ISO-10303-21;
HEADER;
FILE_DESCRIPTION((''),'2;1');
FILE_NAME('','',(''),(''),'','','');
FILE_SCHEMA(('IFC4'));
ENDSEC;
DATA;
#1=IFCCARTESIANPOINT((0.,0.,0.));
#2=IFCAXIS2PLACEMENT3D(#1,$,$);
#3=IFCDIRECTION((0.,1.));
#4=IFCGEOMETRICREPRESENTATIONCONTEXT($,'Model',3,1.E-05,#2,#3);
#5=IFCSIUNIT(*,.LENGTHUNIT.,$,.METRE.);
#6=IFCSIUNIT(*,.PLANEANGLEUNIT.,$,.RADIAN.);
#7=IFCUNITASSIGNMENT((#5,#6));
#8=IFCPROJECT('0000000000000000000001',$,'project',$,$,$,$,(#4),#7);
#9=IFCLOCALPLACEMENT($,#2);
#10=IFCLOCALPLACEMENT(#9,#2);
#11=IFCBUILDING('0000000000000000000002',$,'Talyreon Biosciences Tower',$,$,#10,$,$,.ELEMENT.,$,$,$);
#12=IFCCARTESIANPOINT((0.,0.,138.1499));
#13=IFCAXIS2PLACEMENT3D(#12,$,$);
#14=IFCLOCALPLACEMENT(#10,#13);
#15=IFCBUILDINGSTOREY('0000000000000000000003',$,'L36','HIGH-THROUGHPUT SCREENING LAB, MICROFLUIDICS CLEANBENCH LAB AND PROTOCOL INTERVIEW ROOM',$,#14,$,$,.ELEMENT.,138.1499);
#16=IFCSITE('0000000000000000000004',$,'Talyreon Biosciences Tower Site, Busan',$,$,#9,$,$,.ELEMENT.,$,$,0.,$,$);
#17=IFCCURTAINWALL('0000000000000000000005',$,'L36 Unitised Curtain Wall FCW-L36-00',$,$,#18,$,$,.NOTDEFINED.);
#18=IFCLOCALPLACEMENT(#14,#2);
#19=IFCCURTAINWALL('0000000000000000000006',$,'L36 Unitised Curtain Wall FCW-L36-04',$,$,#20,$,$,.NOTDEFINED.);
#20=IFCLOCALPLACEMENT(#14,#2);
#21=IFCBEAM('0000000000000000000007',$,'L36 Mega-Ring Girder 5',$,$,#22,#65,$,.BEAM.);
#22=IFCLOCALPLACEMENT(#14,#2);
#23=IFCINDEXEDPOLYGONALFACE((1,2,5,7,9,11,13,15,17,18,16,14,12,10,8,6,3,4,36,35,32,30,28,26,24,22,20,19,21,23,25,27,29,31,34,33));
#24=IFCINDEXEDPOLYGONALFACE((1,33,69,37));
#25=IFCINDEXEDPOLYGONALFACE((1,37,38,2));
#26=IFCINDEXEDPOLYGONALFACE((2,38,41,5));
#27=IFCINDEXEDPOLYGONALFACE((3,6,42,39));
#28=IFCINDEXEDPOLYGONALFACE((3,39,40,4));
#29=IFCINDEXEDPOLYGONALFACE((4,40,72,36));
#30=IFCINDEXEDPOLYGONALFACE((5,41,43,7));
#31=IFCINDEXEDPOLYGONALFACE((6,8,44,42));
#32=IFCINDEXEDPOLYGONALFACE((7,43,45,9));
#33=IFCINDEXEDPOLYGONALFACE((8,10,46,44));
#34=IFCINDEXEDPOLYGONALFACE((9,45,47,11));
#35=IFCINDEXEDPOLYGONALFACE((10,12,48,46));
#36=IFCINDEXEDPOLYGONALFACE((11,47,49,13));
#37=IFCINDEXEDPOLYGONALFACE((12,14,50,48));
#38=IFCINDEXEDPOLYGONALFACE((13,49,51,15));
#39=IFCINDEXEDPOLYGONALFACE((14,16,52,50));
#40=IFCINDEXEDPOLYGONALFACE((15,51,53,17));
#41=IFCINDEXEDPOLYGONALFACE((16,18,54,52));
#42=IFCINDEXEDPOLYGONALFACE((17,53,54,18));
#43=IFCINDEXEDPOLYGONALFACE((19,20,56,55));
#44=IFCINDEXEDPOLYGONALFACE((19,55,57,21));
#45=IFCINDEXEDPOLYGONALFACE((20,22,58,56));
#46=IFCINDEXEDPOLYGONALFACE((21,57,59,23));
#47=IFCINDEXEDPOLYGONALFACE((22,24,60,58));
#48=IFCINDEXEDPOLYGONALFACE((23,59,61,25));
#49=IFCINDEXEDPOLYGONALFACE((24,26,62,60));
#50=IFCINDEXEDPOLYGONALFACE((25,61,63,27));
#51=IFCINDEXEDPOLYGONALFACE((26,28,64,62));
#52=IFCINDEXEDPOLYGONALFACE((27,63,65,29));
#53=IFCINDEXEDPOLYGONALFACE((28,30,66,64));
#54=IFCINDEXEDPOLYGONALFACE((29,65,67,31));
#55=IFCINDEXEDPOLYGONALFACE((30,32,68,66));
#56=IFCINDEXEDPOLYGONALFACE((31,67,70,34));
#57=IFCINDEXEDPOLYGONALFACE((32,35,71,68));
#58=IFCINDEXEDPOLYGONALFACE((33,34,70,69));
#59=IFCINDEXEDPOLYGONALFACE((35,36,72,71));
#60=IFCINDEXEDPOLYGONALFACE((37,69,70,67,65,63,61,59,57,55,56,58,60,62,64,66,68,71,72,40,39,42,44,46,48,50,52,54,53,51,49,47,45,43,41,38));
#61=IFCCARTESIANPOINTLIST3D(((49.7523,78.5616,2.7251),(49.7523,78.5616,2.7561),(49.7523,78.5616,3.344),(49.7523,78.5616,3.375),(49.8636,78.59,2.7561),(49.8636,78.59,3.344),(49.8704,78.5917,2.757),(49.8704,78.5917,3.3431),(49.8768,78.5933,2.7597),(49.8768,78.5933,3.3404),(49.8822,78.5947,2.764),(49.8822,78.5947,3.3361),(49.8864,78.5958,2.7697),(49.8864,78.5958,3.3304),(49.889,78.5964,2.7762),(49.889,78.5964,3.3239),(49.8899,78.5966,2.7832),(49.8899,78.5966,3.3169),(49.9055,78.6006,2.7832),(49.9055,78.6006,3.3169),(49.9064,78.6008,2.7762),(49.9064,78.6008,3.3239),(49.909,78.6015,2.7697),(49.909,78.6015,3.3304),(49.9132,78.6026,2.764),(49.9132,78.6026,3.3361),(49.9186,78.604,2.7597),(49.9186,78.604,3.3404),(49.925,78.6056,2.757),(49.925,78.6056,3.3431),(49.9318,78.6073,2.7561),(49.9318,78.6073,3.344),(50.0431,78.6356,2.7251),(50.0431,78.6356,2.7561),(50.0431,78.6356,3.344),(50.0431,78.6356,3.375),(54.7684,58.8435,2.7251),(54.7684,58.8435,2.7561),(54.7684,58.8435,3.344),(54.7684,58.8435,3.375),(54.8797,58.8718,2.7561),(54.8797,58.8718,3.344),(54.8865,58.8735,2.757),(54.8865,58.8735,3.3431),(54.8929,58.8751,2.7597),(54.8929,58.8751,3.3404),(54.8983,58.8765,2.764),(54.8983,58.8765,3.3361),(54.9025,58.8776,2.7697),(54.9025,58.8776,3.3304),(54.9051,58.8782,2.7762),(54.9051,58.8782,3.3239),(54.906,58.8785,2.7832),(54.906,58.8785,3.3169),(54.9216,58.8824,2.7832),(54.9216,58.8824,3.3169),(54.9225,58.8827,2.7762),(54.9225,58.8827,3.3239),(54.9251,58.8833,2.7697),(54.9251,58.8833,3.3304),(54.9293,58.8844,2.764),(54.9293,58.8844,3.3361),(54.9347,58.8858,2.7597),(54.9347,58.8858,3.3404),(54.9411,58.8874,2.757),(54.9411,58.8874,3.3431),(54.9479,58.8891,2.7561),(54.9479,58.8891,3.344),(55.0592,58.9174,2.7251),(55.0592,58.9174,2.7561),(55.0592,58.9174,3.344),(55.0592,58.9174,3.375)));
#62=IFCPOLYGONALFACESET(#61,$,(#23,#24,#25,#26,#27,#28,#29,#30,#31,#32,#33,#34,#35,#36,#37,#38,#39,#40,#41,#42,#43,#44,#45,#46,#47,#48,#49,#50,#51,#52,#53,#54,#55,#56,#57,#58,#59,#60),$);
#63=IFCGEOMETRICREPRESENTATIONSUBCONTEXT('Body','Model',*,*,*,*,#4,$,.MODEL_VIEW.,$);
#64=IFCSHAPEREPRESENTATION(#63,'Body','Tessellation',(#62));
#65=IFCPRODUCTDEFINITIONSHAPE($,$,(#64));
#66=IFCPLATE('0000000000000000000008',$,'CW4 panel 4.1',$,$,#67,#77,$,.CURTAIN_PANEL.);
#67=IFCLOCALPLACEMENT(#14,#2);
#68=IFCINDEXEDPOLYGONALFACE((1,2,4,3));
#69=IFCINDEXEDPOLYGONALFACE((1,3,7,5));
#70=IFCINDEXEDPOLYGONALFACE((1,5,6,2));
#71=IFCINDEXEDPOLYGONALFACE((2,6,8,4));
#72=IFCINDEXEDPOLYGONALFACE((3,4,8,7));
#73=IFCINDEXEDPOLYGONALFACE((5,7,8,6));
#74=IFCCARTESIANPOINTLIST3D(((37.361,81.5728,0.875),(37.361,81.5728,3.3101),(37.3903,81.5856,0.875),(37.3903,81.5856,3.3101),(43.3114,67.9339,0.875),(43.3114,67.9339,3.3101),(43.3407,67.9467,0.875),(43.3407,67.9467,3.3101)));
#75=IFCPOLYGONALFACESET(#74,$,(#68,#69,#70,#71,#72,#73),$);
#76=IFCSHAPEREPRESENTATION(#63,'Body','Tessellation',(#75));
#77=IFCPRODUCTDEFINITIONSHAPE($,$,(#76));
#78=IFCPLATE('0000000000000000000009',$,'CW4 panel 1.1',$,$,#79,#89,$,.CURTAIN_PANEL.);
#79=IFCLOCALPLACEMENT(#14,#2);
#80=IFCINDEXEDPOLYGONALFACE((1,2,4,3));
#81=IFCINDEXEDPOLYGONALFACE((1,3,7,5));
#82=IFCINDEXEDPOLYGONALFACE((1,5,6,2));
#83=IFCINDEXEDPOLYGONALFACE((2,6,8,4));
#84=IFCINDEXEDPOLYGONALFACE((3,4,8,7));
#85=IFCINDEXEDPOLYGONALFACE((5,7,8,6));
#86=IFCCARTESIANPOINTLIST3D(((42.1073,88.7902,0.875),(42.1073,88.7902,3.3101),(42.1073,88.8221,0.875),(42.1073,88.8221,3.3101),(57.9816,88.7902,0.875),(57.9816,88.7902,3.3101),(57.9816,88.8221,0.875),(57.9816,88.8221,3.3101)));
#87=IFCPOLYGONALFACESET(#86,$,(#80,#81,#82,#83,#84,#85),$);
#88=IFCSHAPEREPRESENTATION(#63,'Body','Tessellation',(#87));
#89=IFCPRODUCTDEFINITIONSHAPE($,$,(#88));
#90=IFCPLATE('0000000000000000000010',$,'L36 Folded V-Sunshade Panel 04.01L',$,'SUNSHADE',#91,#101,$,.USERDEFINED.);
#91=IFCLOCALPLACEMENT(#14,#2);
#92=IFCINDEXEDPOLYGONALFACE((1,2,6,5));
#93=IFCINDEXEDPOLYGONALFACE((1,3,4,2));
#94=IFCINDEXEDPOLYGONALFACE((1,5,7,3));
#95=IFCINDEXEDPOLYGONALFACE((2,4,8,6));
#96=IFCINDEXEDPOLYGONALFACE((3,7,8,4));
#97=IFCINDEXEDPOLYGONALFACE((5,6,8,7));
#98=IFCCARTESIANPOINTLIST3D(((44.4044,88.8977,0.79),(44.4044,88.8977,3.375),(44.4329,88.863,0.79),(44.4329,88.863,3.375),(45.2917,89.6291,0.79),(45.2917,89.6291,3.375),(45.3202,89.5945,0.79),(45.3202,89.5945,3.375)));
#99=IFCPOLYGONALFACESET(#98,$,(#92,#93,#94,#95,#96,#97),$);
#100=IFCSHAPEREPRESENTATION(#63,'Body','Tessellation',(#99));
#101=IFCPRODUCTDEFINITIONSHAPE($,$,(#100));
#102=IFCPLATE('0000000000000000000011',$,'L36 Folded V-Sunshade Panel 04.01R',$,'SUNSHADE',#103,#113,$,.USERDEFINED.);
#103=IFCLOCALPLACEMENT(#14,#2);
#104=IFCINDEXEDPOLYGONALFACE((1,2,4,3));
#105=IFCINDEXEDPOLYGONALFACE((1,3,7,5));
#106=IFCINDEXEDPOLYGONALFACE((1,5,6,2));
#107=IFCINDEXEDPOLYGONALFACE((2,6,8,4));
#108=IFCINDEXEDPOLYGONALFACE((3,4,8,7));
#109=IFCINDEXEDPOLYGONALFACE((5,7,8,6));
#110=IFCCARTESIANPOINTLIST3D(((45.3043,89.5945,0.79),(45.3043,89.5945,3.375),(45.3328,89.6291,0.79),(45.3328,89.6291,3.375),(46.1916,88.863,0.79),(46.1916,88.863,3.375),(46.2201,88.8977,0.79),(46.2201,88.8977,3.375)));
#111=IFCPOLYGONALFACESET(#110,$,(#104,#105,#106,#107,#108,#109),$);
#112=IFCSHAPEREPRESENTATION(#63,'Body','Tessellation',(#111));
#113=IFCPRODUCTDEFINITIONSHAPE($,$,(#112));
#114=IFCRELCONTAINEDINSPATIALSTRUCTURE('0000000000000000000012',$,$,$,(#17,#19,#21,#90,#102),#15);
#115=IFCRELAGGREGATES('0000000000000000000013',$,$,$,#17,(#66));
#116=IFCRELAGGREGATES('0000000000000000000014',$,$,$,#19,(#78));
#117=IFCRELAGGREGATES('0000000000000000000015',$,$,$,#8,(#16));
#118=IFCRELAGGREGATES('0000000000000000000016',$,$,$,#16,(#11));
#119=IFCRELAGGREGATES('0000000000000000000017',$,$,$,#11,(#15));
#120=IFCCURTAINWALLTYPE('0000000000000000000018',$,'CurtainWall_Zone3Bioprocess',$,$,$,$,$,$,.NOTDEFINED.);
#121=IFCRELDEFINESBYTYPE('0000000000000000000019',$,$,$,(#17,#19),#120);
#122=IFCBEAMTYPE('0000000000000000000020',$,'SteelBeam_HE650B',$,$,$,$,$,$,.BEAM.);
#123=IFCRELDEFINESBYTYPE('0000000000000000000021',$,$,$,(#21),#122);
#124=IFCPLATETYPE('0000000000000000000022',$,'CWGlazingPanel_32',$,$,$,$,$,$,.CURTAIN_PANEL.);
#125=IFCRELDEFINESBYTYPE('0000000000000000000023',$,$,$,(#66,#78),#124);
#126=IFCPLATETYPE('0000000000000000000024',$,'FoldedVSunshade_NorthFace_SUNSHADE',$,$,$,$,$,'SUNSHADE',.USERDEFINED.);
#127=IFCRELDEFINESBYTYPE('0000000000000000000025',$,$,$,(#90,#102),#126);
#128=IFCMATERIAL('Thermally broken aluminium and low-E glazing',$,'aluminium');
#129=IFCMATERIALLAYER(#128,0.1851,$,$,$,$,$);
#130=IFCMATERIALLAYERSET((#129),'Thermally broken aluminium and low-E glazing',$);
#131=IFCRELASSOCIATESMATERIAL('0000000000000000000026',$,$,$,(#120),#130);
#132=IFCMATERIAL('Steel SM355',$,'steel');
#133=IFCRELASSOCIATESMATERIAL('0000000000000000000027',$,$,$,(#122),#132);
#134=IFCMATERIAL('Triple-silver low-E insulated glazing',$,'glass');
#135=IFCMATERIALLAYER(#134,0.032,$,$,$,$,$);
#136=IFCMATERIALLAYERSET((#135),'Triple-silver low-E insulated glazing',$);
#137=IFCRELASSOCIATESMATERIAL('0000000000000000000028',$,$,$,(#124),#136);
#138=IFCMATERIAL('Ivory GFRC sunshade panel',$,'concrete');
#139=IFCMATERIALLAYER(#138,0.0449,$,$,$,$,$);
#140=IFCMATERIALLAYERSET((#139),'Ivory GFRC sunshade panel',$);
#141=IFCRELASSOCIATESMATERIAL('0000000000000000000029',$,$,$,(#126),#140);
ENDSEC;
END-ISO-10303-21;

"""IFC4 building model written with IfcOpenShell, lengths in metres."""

from ifc_helpers import new_model, si_unit, direction, frame, origin, origin_2d, place, context, subcontext, project, spatial, rectangle, i_section, extrude, material, layer, layer_set, material_profile, profile_set, type_object, element, aggregate, save


model = new_model("IFC4")

# Units and contexts
model_context = context("Model", 3, precision=1e-05, world=origin(), true_north=direction((0.0, 1.0)))
body_context = subcontext(model_context, "Body", "Model", "MODEL_VIEW")
ifc_project = project(units=[si_unit("LENGTHUNIT", "METRE"), si_unit("PLANEANGLEUNIT", "RADIAN")], contexts=[model_context])

# Site, building, storey
site_placement = place(None, origin())
site = spatial("IfcSite", under=ifc_project, at=site_placement, Name="Talyreon Biosciences Tower Site, Busan", CompositionType="ELEMENT", RefElevation=0.0)
building_placement = place(site_placement, origin())
building = spatial("IfcBuilding", under=site, at=building_placement, Name="Talyreon Biosciences Tower", CompositionType="ELEMENT")
storey_placement = place(building_placement, frame((0.0, 0.0, 138.1499)))
storey = spatial("IfcBuildingStorey", under=building, at=storey_placement, Name="L36", Description="HIGH-THROUGHPUT SCREENING LAB, MICROFLUIDICS CLEANBENCH LAB AND PROTOCOL INTERVIEW ROOM", CompositionType="ELEMENT", Elevation=138.1499)

# Curtain wall
ifc_material_1 = material(Name="Thermally broken aluminium and low-E glazing", Category="aluminium")
ifc_layer_1 = layer(ifc_material_1, 0.1851)
ifc_layer_set_1 = layer_set([ifc_layer_1], Name="Thermally broken aluminium and low-E glazing")
curtain_wall_type = type_object("IfcCurtainWallType", Name="CurtainWall_Zone3Bioprocess", PredefinedType="NOTDEFINED", material=ifc_layer_set_1)
curtain_wall_1_placement = place(storey_placement, origin())
curtain_wall_1 = element("IfcCurtainWall", 1, at=curtain_wall_1_placement, inside=storey, type_object=curtain_wall_type, Name="L36 Unitised Curtain Wall FCW-L36-00", PredefinedType="NOTDEFINED")

# Curtain wall
curtain_wall_2_placement = place(storey_placement, origin())
curtain_wall_2 = element("IfcCurtainWall", 2, at=curtain_wall_2_placement, inside=storey, type_object=curtain_wall_type, Name="L36 Unitised Curtain Wall FCW-L36-04", PredefinedType="NOTDEFINED")

# Beam
ifc_material_2 = material(Name="Steel SM355", Category="steel")
ifc_material_profile_1 = material_profile(ifc_material_2, i_section(OverallWidth=0.3, OverallDepth=0.6499, WebThickness=0.0161, FlangeThickness=0.031, FilletRadius=0.0271, at=origin_2d()), Name="HE650B")
ifc_profile_set_1 = profile_set([ifc_material_profile_1], Name="Steel SM355")
beam_type_1 = type_object("IfcBeamType", Name="SteelBeam_HE650B", PredefinedType="BEAM", material=ifc_profile_set_1)
beam_1_placement = place(storey_placement, frame((49.8977, 78.5986, 3.05), z_axis=(0.246537, -0.969133, 0.0), x_axis=(0.969133, 0.246537, 0.0)))
element("IfcBeam", 3, at=beam_1_placement, inside=storey, type_object=beam_type_1, Name="L36 Mega-Ring Girder 5", PredefinedType="BEAM", context=body_context, shape_type="SweptSolid", body=[
    extrude(i_section(OverallWidth=0.3, OverallDepth=0.6499, WebThickness=0.0161, FlangeThickness=0.031, FilletRadius=0.0271, at=origin_2d()), origin(), (0.0, 0.0, 1.0), 20.3462),
])

# Plates
ifc_material_3 = material(Name="Triple-silver low-E insulated glazing", Category="glass")
ifc_layer_2 = layer(ifc_material_3, 0.032)
ifc_layer_set_2 = layer_set([ifc_layer_2], Name="Triple-silver low-E insulated glazing")
plate_type_1 = type_object("IfcPlateType", Name="CWGlazingPanel_32", PredefinedType="CURTAIN_PANEL", material=ifc_layer_set_2)
plate_1_placement = place(storey_placement, frame((40.3508, 74.7598, 0.875), z_axis=(0.0, 0.0, 1.0), x_axis=(-0.399882, 0.916566, 0.0)))
plate_1 = element("IfcPlate", 4, at=plate_1_placement, type_object=plate_type_1, Name="CW4 panel 4.1", PredefinedType="CURTAIN_PANEL", context=body_context, shape_type="SweptSolid", body=[
    extrude(rectangle(XDim=14.8804, YDim=0.032, at=origin_2d()), origin(), (0.0, 0.0, 1.0), 2.4351),
])
aggregate(curtain_wall_1, [plate_1])
plate_2_placement = place(storey_placement, frame((50.0444, 88.8062, 0.875), z_axis=(0.0, 0.0, 1.0), x_axis=(1.0, 0.0, 0.0)))
plate_2 = element("IfcPlate", 5, at=plate_2_placement, type_object=plate_type_1, Name="CW4 panel 1.1", PredefinedType="CURTAIN_PANEL", context=body_context, shape_type="SweptSolid", body=[
    extrude(rectangle(XDim=15.8743, YDim=0.032, at=origin_2d()), origin(), (0.0, 0.0, 1.0), 2.4351),
])
aggregate(curtain_wall_2, [plate_2])

# Plates
ifc_material_4 = material(Name="Ivory GFRC sunshade panel", Category="concrete")
ifc_layer_3 = layer(ifc_material_4, 0.0449)
ifc_layer_set_3 = layer_set([ifc_layer_3], Name="Ivory GFRC sunshade panel")
plate_type_2 = type_object("IfcPlateType", Name="FoldedVSunshade_NorthFace_SUNSHADE", ElementType="SUNSHADE", PredefinedType="USERDEFINED", material=ifc_layer_set_3)
for number, where, z_axis, x_axis, name in (
    (6, (44.8623, 89.2461, 0.79), (0.0, 0.0, 1.0), (0.771625, 0.636078, 0.0), "L36 Folded V-Sunshade Panel 04.01L"),
    (7, (45.7622, 89.2461, 0.79), (0.0, 0.0, 1.0), (0.771625, -0.636078, 0.0), "L36 Folded V-Sunshade Panel 04.01R"),
):
    element("IfcPlate", number, at=place(storey_placement, frame(where, z_axis=z_axis, x_axis=x_axis)), inside=storey, type_object=plate_type_2, Name=name, ObjectType="SUNSHADE", PredefinedType="USERDEFINED", context=body_context, shape_type="SweptSolid", body=[
        extrude(rectangle(XDim=1.1499, YDim=0.0449, at=origin_2d()), origin(), (0.0, 0.0, 1.0), 2.585),
    ])

save(model, "model.ifc")
